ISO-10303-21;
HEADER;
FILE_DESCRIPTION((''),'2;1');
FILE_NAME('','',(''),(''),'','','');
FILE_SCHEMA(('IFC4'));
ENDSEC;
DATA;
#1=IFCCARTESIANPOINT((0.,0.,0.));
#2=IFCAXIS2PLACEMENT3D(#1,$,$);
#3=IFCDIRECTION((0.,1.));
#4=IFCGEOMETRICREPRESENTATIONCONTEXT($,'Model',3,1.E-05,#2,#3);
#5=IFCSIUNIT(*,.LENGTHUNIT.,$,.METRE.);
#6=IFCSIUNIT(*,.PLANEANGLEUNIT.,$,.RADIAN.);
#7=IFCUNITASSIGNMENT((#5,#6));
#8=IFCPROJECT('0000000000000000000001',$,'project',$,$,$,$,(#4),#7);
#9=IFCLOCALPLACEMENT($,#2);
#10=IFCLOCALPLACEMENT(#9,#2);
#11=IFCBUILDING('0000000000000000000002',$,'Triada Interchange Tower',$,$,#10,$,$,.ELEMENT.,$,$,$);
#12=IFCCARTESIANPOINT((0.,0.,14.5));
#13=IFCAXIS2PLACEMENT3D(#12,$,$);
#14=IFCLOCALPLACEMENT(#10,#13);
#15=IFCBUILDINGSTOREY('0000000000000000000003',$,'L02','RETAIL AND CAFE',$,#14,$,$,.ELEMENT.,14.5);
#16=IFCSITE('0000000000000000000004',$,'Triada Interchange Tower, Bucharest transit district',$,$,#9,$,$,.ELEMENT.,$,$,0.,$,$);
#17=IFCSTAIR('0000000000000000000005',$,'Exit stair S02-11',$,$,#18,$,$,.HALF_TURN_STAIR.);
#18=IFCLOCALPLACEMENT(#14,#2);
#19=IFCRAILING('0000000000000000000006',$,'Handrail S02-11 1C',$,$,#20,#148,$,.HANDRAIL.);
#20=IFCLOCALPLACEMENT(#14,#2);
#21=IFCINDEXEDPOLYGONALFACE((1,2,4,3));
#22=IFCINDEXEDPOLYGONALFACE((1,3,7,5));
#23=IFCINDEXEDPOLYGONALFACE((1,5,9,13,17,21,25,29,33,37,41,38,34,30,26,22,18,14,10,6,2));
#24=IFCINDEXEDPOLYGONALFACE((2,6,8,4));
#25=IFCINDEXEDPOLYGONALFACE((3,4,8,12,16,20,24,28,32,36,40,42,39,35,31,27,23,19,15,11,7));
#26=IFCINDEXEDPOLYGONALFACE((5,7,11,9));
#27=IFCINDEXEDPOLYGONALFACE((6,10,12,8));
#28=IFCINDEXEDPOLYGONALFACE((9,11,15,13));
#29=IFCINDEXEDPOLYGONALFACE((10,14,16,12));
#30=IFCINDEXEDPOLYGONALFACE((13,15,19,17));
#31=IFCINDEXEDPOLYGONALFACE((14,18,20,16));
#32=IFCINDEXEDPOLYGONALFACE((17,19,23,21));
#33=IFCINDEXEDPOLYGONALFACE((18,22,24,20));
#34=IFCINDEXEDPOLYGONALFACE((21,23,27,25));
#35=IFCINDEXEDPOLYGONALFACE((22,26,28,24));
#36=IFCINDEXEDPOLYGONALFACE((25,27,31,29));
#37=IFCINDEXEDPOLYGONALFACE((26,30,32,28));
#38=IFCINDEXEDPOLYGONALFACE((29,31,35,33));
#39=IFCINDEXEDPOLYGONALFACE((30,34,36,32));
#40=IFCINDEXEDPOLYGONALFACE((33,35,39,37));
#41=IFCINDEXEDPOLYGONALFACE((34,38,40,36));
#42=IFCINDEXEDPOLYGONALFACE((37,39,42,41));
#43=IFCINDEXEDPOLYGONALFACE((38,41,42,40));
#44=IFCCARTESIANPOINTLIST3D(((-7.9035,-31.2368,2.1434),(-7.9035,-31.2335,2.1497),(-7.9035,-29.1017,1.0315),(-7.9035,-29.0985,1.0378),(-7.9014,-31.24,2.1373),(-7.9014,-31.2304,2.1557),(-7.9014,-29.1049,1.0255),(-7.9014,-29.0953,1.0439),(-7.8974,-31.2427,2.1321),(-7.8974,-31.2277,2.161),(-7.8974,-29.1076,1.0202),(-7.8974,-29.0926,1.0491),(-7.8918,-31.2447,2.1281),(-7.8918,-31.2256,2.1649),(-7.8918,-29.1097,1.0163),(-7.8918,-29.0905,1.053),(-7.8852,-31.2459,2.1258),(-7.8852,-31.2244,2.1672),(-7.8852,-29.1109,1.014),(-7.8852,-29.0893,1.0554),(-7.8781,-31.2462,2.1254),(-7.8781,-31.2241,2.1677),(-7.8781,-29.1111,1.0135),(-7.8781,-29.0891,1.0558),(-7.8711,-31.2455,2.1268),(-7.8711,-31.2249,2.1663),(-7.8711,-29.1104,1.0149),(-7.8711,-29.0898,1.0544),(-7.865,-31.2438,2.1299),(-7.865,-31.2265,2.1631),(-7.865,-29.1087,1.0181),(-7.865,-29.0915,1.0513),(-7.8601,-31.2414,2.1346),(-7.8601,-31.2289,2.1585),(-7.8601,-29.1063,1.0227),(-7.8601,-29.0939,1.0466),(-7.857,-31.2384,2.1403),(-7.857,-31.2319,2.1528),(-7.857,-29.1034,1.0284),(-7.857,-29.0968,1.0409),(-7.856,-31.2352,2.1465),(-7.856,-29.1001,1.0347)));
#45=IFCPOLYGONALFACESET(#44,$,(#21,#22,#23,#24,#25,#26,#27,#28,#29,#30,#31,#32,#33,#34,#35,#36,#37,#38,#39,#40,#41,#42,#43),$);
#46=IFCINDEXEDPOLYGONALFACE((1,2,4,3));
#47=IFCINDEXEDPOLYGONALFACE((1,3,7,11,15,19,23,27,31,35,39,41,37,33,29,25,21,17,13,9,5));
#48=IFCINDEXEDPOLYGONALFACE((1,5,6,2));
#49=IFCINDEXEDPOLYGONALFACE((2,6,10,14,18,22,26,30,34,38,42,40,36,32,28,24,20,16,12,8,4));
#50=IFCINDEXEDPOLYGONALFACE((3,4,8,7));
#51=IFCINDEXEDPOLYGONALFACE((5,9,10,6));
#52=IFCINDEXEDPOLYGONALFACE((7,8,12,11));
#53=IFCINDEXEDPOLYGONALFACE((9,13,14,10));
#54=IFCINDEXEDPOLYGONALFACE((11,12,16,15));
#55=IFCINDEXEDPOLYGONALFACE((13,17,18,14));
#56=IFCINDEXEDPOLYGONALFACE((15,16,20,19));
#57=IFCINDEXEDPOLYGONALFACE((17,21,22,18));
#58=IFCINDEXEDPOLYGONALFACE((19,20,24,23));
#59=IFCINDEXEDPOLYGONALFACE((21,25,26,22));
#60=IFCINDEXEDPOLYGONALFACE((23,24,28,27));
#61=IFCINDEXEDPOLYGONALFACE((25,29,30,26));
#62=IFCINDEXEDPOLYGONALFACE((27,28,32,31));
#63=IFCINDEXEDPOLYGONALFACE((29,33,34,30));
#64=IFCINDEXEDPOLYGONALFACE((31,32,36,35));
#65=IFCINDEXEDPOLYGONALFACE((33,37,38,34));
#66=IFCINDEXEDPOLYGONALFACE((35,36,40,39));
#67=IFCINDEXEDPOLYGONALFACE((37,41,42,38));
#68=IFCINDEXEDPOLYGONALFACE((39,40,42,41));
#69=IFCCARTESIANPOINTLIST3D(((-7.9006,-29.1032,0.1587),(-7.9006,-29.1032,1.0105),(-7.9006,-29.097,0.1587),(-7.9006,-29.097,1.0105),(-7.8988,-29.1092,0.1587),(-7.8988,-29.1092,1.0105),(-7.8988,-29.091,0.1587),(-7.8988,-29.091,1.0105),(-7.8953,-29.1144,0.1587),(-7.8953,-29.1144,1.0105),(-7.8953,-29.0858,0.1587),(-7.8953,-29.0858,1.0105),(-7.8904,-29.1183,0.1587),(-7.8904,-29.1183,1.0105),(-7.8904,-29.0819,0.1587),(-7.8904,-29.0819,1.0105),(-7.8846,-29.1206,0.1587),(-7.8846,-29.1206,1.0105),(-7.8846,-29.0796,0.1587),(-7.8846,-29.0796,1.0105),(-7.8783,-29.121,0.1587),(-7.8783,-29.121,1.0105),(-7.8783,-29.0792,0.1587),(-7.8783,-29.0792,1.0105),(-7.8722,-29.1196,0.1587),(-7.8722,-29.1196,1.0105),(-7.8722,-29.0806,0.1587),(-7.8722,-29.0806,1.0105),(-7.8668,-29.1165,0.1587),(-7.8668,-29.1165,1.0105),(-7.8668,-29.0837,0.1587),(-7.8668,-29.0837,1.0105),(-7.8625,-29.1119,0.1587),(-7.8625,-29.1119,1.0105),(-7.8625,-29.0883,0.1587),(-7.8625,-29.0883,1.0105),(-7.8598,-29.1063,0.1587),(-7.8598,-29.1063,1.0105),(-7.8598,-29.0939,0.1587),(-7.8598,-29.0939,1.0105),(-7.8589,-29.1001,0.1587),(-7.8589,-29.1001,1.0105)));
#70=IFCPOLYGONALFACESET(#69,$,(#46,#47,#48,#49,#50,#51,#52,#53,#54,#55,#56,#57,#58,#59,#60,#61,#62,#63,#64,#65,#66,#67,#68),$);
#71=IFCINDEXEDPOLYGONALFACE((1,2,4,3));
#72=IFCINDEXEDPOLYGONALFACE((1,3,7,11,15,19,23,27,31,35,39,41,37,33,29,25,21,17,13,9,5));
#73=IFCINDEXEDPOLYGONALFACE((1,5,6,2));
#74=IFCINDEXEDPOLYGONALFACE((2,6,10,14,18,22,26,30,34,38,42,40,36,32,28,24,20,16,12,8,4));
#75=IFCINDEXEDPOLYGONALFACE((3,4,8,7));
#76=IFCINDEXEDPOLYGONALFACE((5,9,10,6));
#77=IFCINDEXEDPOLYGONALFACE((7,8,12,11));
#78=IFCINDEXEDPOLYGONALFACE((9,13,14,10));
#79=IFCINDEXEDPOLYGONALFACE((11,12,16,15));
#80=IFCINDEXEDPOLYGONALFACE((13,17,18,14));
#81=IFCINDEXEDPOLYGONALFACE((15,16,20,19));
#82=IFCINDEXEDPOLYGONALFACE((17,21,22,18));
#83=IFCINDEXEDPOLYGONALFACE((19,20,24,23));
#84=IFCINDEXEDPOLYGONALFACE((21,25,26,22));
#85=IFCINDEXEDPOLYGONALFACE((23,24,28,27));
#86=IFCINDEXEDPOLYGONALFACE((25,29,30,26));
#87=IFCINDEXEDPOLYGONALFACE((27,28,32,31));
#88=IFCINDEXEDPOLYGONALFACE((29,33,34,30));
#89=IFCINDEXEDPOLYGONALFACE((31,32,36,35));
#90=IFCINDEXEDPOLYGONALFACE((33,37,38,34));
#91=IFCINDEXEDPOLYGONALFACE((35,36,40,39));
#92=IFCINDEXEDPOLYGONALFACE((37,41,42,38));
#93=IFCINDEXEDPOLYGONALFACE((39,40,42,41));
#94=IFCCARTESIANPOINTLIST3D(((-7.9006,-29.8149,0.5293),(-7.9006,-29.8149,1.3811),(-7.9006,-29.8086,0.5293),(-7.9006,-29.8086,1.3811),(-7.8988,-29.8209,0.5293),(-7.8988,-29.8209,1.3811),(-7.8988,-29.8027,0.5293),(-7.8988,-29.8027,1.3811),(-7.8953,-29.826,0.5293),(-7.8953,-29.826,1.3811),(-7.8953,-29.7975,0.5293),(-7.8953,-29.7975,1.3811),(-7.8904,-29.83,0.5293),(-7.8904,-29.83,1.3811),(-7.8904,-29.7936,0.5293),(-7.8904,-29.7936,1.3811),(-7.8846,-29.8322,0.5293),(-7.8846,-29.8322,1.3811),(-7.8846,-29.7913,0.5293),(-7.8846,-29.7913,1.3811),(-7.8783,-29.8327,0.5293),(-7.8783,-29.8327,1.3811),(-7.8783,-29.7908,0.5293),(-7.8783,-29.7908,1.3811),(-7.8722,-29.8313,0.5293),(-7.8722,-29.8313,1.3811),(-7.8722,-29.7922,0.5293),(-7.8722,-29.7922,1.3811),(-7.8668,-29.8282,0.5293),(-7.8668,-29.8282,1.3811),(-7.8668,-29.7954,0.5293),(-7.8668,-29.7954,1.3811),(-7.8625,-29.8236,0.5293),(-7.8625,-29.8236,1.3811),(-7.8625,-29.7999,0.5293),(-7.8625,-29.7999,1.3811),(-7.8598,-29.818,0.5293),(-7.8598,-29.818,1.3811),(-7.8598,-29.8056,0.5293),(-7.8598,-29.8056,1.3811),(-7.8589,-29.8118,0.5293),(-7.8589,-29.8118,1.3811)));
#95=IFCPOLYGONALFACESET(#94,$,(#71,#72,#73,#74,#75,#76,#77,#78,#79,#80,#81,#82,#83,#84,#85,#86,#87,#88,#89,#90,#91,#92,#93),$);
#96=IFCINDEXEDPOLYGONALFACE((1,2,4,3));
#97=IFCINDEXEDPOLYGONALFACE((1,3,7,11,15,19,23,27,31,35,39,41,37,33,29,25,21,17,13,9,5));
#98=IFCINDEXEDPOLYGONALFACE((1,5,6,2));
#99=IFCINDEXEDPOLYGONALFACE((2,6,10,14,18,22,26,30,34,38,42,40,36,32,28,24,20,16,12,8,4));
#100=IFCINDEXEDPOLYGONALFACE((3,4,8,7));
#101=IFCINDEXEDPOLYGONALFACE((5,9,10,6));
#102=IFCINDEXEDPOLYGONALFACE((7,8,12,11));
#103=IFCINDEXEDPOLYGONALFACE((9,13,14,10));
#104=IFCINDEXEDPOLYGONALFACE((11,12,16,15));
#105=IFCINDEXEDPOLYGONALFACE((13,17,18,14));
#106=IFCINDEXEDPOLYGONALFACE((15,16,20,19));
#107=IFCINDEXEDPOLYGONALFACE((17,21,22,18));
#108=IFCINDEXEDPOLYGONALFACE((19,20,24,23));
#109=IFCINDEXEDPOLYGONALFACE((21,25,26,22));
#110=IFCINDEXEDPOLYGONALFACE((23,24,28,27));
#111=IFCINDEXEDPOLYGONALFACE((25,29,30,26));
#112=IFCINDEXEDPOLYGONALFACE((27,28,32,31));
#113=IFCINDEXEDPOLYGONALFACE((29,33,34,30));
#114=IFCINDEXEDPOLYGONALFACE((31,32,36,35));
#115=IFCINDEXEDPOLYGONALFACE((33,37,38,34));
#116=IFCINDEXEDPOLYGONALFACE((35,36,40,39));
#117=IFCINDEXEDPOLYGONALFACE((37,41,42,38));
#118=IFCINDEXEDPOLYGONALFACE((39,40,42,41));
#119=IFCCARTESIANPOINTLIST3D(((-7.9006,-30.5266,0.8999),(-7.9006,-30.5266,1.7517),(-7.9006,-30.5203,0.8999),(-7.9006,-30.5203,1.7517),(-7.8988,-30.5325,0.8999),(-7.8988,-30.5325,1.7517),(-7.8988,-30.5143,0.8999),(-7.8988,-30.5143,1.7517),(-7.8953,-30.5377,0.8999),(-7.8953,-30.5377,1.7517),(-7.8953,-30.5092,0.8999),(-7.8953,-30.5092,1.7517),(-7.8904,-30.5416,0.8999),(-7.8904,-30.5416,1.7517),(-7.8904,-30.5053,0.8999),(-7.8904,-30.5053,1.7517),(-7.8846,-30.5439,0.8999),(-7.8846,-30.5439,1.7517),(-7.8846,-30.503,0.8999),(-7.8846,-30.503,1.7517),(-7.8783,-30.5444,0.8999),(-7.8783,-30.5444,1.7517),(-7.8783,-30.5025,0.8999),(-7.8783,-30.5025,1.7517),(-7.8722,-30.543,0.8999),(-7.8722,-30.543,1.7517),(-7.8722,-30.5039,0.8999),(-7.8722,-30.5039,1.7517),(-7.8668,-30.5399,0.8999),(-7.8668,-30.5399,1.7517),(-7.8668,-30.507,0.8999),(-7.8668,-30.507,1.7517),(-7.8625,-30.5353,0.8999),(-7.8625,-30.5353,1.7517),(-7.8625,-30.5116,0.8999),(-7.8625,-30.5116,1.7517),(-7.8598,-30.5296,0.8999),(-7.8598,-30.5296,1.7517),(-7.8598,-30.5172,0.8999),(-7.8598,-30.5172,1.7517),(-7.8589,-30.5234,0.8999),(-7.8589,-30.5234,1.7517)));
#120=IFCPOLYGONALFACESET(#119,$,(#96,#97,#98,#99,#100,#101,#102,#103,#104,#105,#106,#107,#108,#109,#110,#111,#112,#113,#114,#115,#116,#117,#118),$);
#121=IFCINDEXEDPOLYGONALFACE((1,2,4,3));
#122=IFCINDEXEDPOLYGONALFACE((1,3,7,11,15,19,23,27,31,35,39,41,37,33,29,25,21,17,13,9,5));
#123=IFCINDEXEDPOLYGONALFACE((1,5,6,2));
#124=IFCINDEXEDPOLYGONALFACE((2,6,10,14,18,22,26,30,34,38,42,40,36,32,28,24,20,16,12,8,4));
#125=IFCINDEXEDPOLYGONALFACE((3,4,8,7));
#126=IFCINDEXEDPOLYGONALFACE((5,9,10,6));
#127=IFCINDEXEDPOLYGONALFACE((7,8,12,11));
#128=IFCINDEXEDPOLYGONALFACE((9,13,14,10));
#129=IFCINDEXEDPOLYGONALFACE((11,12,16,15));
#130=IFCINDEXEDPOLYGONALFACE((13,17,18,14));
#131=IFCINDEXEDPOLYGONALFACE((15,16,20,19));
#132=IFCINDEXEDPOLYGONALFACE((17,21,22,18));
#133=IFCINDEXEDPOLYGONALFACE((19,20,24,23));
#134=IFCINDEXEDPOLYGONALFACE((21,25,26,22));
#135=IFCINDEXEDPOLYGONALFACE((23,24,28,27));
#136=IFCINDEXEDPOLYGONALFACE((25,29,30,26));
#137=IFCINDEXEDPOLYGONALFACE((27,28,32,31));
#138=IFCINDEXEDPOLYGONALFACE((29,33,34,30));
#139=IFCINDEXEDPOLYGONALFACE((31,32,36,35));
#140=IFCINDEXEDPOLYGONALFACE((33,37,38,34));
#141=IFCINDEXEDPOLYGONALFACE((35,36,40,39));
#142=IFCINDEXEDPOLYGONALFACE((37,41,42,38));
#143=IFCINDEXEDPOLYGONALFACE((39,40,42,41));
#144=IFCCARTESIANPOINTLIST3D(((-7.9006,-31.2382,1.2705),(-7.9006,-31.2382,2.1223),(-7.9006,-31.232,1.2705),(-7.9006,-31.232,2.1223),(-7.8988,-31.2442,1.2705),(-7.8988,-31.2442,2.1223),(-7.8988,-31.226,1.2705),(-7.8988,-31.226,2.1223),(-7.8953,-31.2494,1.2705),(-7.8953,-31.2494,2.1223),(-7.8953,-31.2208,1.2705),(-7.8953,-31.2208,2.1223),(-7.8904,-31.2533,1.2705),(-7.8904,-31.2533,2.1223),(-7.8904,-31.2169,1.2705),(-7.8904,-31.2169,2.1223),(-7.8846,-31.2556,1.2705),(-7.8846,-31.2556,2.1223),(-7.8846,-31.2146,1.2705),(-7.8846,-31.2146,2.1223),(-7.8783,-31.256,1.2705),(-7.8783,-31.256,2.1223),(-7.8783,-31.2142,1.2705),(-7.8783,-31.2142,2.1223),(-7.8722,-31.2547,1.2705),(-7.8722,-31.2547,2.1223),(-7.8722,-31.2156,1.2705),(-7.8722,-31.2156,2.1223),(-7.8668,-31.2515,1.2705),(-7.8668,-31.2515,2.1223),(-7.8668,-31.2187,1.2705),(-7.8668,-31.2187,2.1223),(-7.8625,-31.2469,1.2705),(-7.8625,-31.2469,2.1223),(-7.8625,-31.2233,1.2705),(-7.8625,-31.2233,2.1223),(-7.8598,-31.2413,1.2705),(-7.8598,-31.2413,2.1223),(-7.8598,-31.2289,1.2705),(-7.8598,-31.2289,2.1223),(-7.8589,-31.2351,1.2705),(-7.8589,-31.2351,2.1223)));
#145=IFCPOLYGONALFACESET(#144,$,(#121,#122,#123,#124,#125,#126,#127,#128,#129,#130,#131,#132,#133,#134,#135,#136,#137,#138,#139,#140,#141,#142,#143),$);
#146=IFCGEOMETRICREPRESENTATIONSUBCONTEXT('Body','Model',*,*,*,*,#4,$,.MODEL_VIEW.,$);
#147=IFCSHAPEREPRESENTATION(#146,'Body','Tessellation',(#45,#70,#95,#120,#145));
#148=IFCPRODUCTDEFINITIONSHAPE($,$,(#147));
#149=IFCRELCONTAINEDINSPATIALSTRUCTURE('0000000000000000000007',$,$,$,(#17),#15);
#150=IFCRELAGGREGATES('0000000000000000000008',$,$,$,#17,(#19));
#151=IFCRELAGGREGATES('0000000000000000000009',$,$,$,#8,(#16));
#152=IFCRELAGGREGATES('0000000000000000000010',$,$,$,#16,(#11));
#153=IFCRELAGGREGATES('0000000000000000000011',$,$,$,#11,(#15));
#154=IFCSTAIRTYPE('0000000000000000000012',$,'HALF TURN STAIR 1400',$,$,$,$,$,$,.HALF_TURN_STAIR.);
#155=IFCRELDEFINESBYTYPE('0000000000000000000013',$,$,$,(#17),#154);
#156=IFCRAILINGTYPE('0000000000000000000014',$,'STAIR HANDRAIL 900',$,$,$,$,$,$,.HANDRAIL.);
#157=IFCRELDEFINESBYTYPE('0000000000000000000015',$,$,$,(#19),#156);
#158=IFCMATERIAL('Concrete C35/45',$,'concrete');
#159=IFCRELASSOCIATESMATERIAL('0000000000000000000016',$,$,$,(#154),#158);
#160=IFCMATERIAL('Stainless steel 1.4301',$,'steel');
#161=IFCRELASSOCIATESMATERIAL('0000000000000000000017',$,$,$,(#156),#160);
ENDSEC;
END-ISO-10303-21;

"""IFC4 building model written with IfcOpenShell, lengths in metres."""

from ifc_helpers import new_model, si_unit, direction, frame, origin, origin_2d, place, context, subcontext, project, spatial, circle, extrude, material, type_object, element, aggregate, save


model = new_model("IFC4")

# Units and contexts
model_context = context("Model", 3, precision=1e-05, world=origin(), true_north=direction((0.0, 1.0)))
body_context = subcontext(model_context, "Body", "Model", "MODEL_VIEW")
ifc_project = project(units=[si_unit("LENGTHUNIT", "METRE"), si_unit("PLANEANGLEUNIT", "RADIAN")], contexts=[model_context])

# Site, building, storey
site_placement = place(None, origin())
site = spatial("IfcSite", under=ifc_project, at=site_placement, Name="Triada Interchange Tower, Bucharest transit district", CompositionType="ELEMENT", RefElevation=0.0)
building_placement = place(site_placement, origin())
building = spatial("IfcBuilding", under=site, at=building_placement, Name="Triada Interchange Tower", CompositionType="ELEMENT")
storey_placement = place(building_placement, frame((0.0, 0.0, 14.5)))
storey = spatial("IfcBuildingStorey", under=building, at=storey_placement, Name="L02", Description="RETAIL AND CAFE", CompositionType="ELEMENT", Elevation=14.5)

# Shared definitions
ifc_material_1 = material(Name="Concrete C35/45", Category="concrete")

# Stair
stair_type = type_object("IfcStairType", Name="HALF TURN STAIR 1400", PredefinedType="HALF_TURN_STAIR", material=ifc_material_1)
stair_placement = place(storey_placement, origin())
stair = element("IfcStair", 1, at=stair_placement, inside=storey, type_object=stair_type, Name="Exit stair S02-11", PredefinedType="HALF_TURN_STAIR")

# Railing
ifc_material_2 = material(Name="Stainless steel 1.4301", Category="steel")
railing_type_1 = type_object("IfcRailingType", Name="STAIR HANDRAIL 900", PredefinedType="HANDRAIL", material=ifc_material_2)
railing_1_placement = place(storey_placement, frame((-7.8799, -29.1001, 0.1587)))
railing_1 = element("IfcRailing", 2, at=railing_1_placement, type_object=railing_type_1, Name="Handrail S02-11 1C", PredefinedType="HANDRAIL", context=body_context, shape_type="SweptSolid", body=[
    extrude(circle(Radius=0.0239, at=origin_2d()), frame((0.0, 0.0, 0.876), z_axis=(0.0, -0.886943, 0.46188), x_axis=(1.0, 0.0, 0.0)), (0.0, 0.0, 1.0), 2.4072),
    extrude(circle(Radius=0.021, at=origin_2d()), origin(), (0.0, 0.0, 1.0), 0.8518),
    extrude(circle(Radius=0.021, at=origin_2d()), frame((0.0, -0.7117, 0.3706)), (0.0, 0.0, 1.0), 0.8518),
    extrude(circle(Radius=0.021, at=origin_2d()), frame((0.0, -1.4233, 0.7412)), (0.0, 0.0, 1.0), 0.8518),
    extrude(circle(Radius=0.021, at=origin_2d()), frame((0.0, -2.135, 1.1118)), (0.0, 0.0, 1.0), 0.8518),
])
aggregate(stair, [railing_1])

save(model, "model.ifc")
